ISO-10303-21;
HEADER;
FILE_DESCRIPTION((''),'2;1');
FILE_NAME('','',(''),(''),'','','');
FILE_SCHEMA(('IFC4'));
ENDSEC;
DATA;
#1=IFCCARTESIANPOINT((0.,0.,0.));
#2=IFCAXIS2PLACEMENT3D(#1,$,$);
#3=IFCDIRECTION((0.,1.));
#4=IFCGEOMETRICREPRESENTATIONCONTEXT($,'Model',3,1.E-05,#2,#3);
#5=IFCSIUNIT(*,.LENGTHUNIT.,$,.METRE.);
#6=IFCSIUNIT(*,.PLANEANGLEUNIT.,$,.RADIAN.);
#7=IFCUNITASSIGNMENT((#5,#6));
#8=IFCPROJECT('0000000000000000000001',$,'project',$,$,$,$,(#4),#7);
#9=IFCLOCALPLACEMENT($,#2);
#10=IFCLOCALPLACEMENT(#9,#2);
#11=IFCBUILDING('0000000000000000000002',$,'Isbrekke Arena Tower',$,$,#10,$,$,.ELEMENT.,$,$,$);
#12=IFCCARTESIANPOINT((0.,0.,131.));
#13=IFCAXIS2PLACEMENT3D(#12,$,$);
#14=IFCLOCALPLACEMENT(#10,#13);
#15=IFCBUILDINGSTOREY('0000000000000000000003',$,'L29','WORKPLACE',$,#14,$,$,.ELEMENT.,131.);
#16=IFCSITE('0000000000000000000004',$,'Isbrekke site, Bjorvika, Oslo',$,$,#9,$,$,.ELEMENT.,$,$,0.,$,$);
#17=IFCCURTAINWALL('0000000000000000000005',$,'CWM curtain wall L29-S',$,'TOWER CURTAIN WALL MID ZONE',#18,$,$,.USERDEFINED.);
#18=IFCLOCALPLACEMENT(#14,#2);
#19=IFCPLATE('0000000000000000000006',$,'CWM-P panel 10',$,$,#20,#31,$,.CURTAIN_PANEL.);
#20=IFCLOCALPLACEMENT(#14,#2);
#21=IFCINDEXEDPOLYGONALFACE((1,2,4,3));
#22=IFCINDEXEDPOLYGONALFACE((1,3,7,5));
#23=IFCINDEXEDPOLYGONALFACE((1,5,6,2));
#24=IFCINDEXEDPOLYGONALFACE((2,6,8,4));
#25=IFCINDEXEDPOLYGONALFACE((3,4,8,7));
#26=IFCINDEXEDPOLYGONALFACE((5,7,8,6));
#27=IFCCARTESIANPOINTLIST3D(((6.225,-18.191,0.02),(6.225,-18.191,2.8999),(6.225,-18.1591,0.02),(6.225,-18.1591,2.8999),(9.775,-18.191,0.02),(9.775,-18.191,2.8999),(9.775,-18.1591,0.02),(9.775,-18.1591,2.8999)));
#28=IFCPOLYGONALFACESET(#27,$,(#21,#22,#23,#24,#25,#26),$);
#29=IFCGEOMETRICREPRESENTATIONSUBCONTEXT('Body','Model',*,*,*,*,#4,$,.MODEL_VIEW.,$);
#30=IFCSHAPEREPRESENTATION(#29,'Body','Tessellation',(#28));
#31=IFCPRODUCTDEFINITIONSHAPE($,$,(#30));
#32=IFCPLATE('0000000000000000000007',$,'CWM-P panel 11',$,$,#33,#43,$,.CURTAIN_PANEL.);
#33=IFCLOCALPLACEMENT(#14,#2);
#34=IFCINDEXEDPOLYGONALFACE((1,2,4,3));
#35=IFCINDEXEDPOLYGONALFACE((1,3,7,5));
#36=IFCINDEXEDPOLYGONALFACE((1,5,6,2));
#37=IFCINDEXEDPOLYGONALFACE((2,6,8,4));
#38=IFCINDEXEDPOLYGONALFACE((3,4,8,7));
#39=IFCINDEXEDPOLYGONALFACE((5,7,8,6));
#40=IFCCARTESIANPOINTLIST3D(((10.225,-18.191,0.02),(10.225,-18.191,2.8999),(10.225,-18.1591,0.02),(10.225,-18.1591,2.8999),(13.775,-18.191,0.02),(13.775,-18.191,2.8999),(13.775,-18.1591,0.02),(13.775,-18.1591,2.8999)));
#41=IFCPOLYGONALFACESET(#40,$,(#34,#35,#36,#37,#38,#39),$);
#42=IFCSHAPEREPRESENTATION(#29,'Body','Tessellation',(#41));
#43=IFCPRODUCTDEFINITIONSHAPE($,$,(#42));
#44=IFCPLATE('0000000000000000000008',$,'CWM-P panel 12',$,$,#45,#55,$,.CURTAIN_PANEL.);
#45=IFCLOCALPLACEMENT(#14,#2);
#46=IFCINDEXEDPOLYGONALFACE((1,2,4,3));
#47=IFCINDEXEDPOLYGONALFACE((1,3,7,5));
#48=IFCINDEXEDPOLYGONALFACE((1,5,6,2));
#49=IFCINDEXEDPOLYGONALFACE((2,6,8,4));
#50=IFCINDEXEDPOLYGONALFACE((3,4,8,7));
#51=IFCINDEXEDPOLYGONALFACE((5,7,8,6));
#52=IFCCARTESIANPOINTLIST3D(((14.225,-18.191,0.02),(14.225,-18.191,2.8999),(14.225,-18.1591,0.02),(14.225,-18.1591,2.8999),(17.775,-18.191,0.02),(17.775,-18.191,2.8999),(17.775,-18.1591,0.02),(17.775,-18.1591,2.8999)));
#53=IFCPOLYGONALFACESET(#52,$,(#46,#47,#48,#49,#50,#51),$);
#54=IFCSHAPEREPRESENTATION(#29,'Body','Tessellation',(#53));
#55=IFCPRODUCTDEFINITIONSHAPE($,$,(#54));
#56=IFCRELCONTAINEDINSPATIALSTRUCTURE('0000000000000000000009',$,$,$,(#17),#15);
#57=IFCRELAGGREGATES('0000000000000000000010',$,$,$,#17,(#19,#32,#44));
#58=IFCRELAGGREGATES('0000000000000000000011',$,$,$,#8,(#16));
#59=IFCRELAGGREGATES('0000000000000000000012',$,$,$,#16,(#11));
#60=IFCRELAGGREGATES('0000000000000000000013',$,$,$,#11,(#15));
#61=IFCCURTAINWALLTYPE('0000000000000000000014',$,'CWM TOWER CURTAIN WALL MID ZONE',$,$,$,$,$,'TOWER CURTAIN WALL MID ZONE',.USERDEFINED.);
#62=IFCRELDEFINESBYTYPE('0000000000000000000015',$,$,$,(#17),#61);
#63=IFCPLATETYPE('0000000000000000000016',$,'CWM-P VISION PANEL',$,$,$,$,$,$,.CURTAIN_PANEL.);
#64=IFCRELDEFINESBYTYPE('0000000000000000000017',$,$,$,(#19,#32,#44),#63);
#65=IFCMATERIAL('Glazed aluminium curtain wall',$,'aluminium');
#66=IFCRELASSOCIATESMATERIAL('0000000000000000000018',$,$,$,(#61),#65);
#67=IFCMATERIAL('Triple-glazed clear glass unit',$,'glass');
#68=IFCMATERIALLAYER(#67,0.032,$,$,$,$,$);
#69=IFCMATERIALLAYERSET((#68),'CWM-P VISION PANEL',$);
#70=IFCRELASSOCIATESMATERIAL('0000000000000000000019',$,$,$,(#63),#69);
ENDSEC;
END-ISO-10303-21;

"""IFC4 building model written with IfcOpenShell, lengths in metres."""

from ifc_helpers import new_model, si_unit, direction, frame, origin, origin_2d, place, context, subcontext, project, spatial, rectangle, extrude, material, layer, layer_set, type_object, element, aggregate, save


model = new_model("IFC4")

# Units and contexts
model_context = context("Model", 3, precision=1e-05, world=origin(), true_north=direction((0.0, 1.0)))
body_context = subcontext(model_context, "Body", "Model", "MODEL_VIEW")
ifc_project = project(units=[si_unit("LENGTHUNIT", "METRE"), si_unit("PLANEANGLEUNIT", "RADIAN")], contexts=[model_context])

# Site, building, storey
site_placement = place(None, origin())
site = spatial("IfcSite", under=ifc_project, at=site_placement, Name="Isbrekke site, Bjorvika, Oslo", CompositionType="ELEMENT", RefElevation=0.0)
building_placement = place(site_placement, origin())
building = spatial("IfcBuilding", under=site, at=building_placement, Name="Isbrekke Arena Tower", CompositionType="ELEMENT")
storey_placement = place(building_placement, frame((0.0, 0.0, 131.0)))
storey = spatial("IfcBuildingStorey", under=building, at=storey_placement, Name="L29", Description="WORKPLACE", CompositionType="ELEMENT", Elevation=131.0)

# Curtain wall
ifc_material_1 = material(Name="Glazed aluminium curtain wall", Category="aluminium")
curtain_wall_type = type_object("IfcCurtainWallType", Name="CWM TOWER CURTAIN WALL MID ZONE", ElementType="TOWER CURTAIN WALL MID ZONE", PredefinedType="USERDEFINED", material=ifc_material_1)
curtain_wall_placement = place(storey_placement, origin())
curtain_wall = element("IfcCurtainWall", 1, at=curtain_wall_placement, inside=storey, type_object=curtain_wall_type, Name="CWM curtain wall L29-S", ObjectType="TOWER CURTAIN WALL MID ZONE", PredefinedType="USERDEFINED")

# Plates
ifc_material_2 = material(Name="Triple-glazed clear glass unit", Category="glass")
ifc_layer = layer(ifc_material_2, 0.032)
ifc_layer_set = layer_set([ifc_layer], Name="CWM-P VISION PANEL")
plate_type = type_object("IfcPlateType", Name="CWM-P VISION PANEL", PredefinedType="CURTAIN_PANEL", material=ifc_layer_set)
plate_1_placement = place(storey_placement, frame((8.0, -18.175, 0.02), z_axis=(0.0, 0.0, 1.0), x_axis=(1.0, 0.0, 0.0)))
plate_1 = element("IfcPlate", 2, at=plate_1_placement, type_object=plate_type, Name="CWM-P panel 10", PredefinedType="CURTAIN_PANEL", context=body_context, shape_type="SweptSolid", body=[
    extrude(rectangle(XDim=3.55, YDim=0.032, at=origin_2d()), origin(), (0.0, 0.0, 1.0), 2.8799),
])
plate_2_placement = place(storey_placement, frame((12.0, -18.175, 0.02), z_axis=(0.0, 0.0, 1.0), x_axis=(1.0, 0.0, 0.0)))
plate_2 = element("IfcPlate", 3, at=plate_2_placement, type_object=plate_type, Name="CWM-P panel 11", PredefinedType="CURTAIN_PANEL", context=body_context, shape_type="SweptSolid", body=[
    extrude(rectangle(XDim=3.55, YDim=0.032, at=origin_2d()), origin(), (0.0, 0.0, 1.0), 2.8799),
])
plate_3_placement = place(storey_placement, frame((16.0, -18.175, 0.02), z_axis=(0.0, 0.0, 1.0), x_axis=(1.0, 0.0, 0.0)))
plate_3 = element("IfcPlate", 4, at=plate_3_placement, type_object=plate_type, Name="CWM-P panel 12", PredefinedType="CURTAIN_PANEL", context=body_context, shape_type="SweptSolid", body=[
    extrude(rectangle(XDim=3.55, YDim=0.032, at=origin_2d()), origin(), (0.0, 0.0, 1.0), 2.8799),
])
aggregate(curtain_wall, [plate_1, plate_2, plate_3])

save(model, "model.ifc")
